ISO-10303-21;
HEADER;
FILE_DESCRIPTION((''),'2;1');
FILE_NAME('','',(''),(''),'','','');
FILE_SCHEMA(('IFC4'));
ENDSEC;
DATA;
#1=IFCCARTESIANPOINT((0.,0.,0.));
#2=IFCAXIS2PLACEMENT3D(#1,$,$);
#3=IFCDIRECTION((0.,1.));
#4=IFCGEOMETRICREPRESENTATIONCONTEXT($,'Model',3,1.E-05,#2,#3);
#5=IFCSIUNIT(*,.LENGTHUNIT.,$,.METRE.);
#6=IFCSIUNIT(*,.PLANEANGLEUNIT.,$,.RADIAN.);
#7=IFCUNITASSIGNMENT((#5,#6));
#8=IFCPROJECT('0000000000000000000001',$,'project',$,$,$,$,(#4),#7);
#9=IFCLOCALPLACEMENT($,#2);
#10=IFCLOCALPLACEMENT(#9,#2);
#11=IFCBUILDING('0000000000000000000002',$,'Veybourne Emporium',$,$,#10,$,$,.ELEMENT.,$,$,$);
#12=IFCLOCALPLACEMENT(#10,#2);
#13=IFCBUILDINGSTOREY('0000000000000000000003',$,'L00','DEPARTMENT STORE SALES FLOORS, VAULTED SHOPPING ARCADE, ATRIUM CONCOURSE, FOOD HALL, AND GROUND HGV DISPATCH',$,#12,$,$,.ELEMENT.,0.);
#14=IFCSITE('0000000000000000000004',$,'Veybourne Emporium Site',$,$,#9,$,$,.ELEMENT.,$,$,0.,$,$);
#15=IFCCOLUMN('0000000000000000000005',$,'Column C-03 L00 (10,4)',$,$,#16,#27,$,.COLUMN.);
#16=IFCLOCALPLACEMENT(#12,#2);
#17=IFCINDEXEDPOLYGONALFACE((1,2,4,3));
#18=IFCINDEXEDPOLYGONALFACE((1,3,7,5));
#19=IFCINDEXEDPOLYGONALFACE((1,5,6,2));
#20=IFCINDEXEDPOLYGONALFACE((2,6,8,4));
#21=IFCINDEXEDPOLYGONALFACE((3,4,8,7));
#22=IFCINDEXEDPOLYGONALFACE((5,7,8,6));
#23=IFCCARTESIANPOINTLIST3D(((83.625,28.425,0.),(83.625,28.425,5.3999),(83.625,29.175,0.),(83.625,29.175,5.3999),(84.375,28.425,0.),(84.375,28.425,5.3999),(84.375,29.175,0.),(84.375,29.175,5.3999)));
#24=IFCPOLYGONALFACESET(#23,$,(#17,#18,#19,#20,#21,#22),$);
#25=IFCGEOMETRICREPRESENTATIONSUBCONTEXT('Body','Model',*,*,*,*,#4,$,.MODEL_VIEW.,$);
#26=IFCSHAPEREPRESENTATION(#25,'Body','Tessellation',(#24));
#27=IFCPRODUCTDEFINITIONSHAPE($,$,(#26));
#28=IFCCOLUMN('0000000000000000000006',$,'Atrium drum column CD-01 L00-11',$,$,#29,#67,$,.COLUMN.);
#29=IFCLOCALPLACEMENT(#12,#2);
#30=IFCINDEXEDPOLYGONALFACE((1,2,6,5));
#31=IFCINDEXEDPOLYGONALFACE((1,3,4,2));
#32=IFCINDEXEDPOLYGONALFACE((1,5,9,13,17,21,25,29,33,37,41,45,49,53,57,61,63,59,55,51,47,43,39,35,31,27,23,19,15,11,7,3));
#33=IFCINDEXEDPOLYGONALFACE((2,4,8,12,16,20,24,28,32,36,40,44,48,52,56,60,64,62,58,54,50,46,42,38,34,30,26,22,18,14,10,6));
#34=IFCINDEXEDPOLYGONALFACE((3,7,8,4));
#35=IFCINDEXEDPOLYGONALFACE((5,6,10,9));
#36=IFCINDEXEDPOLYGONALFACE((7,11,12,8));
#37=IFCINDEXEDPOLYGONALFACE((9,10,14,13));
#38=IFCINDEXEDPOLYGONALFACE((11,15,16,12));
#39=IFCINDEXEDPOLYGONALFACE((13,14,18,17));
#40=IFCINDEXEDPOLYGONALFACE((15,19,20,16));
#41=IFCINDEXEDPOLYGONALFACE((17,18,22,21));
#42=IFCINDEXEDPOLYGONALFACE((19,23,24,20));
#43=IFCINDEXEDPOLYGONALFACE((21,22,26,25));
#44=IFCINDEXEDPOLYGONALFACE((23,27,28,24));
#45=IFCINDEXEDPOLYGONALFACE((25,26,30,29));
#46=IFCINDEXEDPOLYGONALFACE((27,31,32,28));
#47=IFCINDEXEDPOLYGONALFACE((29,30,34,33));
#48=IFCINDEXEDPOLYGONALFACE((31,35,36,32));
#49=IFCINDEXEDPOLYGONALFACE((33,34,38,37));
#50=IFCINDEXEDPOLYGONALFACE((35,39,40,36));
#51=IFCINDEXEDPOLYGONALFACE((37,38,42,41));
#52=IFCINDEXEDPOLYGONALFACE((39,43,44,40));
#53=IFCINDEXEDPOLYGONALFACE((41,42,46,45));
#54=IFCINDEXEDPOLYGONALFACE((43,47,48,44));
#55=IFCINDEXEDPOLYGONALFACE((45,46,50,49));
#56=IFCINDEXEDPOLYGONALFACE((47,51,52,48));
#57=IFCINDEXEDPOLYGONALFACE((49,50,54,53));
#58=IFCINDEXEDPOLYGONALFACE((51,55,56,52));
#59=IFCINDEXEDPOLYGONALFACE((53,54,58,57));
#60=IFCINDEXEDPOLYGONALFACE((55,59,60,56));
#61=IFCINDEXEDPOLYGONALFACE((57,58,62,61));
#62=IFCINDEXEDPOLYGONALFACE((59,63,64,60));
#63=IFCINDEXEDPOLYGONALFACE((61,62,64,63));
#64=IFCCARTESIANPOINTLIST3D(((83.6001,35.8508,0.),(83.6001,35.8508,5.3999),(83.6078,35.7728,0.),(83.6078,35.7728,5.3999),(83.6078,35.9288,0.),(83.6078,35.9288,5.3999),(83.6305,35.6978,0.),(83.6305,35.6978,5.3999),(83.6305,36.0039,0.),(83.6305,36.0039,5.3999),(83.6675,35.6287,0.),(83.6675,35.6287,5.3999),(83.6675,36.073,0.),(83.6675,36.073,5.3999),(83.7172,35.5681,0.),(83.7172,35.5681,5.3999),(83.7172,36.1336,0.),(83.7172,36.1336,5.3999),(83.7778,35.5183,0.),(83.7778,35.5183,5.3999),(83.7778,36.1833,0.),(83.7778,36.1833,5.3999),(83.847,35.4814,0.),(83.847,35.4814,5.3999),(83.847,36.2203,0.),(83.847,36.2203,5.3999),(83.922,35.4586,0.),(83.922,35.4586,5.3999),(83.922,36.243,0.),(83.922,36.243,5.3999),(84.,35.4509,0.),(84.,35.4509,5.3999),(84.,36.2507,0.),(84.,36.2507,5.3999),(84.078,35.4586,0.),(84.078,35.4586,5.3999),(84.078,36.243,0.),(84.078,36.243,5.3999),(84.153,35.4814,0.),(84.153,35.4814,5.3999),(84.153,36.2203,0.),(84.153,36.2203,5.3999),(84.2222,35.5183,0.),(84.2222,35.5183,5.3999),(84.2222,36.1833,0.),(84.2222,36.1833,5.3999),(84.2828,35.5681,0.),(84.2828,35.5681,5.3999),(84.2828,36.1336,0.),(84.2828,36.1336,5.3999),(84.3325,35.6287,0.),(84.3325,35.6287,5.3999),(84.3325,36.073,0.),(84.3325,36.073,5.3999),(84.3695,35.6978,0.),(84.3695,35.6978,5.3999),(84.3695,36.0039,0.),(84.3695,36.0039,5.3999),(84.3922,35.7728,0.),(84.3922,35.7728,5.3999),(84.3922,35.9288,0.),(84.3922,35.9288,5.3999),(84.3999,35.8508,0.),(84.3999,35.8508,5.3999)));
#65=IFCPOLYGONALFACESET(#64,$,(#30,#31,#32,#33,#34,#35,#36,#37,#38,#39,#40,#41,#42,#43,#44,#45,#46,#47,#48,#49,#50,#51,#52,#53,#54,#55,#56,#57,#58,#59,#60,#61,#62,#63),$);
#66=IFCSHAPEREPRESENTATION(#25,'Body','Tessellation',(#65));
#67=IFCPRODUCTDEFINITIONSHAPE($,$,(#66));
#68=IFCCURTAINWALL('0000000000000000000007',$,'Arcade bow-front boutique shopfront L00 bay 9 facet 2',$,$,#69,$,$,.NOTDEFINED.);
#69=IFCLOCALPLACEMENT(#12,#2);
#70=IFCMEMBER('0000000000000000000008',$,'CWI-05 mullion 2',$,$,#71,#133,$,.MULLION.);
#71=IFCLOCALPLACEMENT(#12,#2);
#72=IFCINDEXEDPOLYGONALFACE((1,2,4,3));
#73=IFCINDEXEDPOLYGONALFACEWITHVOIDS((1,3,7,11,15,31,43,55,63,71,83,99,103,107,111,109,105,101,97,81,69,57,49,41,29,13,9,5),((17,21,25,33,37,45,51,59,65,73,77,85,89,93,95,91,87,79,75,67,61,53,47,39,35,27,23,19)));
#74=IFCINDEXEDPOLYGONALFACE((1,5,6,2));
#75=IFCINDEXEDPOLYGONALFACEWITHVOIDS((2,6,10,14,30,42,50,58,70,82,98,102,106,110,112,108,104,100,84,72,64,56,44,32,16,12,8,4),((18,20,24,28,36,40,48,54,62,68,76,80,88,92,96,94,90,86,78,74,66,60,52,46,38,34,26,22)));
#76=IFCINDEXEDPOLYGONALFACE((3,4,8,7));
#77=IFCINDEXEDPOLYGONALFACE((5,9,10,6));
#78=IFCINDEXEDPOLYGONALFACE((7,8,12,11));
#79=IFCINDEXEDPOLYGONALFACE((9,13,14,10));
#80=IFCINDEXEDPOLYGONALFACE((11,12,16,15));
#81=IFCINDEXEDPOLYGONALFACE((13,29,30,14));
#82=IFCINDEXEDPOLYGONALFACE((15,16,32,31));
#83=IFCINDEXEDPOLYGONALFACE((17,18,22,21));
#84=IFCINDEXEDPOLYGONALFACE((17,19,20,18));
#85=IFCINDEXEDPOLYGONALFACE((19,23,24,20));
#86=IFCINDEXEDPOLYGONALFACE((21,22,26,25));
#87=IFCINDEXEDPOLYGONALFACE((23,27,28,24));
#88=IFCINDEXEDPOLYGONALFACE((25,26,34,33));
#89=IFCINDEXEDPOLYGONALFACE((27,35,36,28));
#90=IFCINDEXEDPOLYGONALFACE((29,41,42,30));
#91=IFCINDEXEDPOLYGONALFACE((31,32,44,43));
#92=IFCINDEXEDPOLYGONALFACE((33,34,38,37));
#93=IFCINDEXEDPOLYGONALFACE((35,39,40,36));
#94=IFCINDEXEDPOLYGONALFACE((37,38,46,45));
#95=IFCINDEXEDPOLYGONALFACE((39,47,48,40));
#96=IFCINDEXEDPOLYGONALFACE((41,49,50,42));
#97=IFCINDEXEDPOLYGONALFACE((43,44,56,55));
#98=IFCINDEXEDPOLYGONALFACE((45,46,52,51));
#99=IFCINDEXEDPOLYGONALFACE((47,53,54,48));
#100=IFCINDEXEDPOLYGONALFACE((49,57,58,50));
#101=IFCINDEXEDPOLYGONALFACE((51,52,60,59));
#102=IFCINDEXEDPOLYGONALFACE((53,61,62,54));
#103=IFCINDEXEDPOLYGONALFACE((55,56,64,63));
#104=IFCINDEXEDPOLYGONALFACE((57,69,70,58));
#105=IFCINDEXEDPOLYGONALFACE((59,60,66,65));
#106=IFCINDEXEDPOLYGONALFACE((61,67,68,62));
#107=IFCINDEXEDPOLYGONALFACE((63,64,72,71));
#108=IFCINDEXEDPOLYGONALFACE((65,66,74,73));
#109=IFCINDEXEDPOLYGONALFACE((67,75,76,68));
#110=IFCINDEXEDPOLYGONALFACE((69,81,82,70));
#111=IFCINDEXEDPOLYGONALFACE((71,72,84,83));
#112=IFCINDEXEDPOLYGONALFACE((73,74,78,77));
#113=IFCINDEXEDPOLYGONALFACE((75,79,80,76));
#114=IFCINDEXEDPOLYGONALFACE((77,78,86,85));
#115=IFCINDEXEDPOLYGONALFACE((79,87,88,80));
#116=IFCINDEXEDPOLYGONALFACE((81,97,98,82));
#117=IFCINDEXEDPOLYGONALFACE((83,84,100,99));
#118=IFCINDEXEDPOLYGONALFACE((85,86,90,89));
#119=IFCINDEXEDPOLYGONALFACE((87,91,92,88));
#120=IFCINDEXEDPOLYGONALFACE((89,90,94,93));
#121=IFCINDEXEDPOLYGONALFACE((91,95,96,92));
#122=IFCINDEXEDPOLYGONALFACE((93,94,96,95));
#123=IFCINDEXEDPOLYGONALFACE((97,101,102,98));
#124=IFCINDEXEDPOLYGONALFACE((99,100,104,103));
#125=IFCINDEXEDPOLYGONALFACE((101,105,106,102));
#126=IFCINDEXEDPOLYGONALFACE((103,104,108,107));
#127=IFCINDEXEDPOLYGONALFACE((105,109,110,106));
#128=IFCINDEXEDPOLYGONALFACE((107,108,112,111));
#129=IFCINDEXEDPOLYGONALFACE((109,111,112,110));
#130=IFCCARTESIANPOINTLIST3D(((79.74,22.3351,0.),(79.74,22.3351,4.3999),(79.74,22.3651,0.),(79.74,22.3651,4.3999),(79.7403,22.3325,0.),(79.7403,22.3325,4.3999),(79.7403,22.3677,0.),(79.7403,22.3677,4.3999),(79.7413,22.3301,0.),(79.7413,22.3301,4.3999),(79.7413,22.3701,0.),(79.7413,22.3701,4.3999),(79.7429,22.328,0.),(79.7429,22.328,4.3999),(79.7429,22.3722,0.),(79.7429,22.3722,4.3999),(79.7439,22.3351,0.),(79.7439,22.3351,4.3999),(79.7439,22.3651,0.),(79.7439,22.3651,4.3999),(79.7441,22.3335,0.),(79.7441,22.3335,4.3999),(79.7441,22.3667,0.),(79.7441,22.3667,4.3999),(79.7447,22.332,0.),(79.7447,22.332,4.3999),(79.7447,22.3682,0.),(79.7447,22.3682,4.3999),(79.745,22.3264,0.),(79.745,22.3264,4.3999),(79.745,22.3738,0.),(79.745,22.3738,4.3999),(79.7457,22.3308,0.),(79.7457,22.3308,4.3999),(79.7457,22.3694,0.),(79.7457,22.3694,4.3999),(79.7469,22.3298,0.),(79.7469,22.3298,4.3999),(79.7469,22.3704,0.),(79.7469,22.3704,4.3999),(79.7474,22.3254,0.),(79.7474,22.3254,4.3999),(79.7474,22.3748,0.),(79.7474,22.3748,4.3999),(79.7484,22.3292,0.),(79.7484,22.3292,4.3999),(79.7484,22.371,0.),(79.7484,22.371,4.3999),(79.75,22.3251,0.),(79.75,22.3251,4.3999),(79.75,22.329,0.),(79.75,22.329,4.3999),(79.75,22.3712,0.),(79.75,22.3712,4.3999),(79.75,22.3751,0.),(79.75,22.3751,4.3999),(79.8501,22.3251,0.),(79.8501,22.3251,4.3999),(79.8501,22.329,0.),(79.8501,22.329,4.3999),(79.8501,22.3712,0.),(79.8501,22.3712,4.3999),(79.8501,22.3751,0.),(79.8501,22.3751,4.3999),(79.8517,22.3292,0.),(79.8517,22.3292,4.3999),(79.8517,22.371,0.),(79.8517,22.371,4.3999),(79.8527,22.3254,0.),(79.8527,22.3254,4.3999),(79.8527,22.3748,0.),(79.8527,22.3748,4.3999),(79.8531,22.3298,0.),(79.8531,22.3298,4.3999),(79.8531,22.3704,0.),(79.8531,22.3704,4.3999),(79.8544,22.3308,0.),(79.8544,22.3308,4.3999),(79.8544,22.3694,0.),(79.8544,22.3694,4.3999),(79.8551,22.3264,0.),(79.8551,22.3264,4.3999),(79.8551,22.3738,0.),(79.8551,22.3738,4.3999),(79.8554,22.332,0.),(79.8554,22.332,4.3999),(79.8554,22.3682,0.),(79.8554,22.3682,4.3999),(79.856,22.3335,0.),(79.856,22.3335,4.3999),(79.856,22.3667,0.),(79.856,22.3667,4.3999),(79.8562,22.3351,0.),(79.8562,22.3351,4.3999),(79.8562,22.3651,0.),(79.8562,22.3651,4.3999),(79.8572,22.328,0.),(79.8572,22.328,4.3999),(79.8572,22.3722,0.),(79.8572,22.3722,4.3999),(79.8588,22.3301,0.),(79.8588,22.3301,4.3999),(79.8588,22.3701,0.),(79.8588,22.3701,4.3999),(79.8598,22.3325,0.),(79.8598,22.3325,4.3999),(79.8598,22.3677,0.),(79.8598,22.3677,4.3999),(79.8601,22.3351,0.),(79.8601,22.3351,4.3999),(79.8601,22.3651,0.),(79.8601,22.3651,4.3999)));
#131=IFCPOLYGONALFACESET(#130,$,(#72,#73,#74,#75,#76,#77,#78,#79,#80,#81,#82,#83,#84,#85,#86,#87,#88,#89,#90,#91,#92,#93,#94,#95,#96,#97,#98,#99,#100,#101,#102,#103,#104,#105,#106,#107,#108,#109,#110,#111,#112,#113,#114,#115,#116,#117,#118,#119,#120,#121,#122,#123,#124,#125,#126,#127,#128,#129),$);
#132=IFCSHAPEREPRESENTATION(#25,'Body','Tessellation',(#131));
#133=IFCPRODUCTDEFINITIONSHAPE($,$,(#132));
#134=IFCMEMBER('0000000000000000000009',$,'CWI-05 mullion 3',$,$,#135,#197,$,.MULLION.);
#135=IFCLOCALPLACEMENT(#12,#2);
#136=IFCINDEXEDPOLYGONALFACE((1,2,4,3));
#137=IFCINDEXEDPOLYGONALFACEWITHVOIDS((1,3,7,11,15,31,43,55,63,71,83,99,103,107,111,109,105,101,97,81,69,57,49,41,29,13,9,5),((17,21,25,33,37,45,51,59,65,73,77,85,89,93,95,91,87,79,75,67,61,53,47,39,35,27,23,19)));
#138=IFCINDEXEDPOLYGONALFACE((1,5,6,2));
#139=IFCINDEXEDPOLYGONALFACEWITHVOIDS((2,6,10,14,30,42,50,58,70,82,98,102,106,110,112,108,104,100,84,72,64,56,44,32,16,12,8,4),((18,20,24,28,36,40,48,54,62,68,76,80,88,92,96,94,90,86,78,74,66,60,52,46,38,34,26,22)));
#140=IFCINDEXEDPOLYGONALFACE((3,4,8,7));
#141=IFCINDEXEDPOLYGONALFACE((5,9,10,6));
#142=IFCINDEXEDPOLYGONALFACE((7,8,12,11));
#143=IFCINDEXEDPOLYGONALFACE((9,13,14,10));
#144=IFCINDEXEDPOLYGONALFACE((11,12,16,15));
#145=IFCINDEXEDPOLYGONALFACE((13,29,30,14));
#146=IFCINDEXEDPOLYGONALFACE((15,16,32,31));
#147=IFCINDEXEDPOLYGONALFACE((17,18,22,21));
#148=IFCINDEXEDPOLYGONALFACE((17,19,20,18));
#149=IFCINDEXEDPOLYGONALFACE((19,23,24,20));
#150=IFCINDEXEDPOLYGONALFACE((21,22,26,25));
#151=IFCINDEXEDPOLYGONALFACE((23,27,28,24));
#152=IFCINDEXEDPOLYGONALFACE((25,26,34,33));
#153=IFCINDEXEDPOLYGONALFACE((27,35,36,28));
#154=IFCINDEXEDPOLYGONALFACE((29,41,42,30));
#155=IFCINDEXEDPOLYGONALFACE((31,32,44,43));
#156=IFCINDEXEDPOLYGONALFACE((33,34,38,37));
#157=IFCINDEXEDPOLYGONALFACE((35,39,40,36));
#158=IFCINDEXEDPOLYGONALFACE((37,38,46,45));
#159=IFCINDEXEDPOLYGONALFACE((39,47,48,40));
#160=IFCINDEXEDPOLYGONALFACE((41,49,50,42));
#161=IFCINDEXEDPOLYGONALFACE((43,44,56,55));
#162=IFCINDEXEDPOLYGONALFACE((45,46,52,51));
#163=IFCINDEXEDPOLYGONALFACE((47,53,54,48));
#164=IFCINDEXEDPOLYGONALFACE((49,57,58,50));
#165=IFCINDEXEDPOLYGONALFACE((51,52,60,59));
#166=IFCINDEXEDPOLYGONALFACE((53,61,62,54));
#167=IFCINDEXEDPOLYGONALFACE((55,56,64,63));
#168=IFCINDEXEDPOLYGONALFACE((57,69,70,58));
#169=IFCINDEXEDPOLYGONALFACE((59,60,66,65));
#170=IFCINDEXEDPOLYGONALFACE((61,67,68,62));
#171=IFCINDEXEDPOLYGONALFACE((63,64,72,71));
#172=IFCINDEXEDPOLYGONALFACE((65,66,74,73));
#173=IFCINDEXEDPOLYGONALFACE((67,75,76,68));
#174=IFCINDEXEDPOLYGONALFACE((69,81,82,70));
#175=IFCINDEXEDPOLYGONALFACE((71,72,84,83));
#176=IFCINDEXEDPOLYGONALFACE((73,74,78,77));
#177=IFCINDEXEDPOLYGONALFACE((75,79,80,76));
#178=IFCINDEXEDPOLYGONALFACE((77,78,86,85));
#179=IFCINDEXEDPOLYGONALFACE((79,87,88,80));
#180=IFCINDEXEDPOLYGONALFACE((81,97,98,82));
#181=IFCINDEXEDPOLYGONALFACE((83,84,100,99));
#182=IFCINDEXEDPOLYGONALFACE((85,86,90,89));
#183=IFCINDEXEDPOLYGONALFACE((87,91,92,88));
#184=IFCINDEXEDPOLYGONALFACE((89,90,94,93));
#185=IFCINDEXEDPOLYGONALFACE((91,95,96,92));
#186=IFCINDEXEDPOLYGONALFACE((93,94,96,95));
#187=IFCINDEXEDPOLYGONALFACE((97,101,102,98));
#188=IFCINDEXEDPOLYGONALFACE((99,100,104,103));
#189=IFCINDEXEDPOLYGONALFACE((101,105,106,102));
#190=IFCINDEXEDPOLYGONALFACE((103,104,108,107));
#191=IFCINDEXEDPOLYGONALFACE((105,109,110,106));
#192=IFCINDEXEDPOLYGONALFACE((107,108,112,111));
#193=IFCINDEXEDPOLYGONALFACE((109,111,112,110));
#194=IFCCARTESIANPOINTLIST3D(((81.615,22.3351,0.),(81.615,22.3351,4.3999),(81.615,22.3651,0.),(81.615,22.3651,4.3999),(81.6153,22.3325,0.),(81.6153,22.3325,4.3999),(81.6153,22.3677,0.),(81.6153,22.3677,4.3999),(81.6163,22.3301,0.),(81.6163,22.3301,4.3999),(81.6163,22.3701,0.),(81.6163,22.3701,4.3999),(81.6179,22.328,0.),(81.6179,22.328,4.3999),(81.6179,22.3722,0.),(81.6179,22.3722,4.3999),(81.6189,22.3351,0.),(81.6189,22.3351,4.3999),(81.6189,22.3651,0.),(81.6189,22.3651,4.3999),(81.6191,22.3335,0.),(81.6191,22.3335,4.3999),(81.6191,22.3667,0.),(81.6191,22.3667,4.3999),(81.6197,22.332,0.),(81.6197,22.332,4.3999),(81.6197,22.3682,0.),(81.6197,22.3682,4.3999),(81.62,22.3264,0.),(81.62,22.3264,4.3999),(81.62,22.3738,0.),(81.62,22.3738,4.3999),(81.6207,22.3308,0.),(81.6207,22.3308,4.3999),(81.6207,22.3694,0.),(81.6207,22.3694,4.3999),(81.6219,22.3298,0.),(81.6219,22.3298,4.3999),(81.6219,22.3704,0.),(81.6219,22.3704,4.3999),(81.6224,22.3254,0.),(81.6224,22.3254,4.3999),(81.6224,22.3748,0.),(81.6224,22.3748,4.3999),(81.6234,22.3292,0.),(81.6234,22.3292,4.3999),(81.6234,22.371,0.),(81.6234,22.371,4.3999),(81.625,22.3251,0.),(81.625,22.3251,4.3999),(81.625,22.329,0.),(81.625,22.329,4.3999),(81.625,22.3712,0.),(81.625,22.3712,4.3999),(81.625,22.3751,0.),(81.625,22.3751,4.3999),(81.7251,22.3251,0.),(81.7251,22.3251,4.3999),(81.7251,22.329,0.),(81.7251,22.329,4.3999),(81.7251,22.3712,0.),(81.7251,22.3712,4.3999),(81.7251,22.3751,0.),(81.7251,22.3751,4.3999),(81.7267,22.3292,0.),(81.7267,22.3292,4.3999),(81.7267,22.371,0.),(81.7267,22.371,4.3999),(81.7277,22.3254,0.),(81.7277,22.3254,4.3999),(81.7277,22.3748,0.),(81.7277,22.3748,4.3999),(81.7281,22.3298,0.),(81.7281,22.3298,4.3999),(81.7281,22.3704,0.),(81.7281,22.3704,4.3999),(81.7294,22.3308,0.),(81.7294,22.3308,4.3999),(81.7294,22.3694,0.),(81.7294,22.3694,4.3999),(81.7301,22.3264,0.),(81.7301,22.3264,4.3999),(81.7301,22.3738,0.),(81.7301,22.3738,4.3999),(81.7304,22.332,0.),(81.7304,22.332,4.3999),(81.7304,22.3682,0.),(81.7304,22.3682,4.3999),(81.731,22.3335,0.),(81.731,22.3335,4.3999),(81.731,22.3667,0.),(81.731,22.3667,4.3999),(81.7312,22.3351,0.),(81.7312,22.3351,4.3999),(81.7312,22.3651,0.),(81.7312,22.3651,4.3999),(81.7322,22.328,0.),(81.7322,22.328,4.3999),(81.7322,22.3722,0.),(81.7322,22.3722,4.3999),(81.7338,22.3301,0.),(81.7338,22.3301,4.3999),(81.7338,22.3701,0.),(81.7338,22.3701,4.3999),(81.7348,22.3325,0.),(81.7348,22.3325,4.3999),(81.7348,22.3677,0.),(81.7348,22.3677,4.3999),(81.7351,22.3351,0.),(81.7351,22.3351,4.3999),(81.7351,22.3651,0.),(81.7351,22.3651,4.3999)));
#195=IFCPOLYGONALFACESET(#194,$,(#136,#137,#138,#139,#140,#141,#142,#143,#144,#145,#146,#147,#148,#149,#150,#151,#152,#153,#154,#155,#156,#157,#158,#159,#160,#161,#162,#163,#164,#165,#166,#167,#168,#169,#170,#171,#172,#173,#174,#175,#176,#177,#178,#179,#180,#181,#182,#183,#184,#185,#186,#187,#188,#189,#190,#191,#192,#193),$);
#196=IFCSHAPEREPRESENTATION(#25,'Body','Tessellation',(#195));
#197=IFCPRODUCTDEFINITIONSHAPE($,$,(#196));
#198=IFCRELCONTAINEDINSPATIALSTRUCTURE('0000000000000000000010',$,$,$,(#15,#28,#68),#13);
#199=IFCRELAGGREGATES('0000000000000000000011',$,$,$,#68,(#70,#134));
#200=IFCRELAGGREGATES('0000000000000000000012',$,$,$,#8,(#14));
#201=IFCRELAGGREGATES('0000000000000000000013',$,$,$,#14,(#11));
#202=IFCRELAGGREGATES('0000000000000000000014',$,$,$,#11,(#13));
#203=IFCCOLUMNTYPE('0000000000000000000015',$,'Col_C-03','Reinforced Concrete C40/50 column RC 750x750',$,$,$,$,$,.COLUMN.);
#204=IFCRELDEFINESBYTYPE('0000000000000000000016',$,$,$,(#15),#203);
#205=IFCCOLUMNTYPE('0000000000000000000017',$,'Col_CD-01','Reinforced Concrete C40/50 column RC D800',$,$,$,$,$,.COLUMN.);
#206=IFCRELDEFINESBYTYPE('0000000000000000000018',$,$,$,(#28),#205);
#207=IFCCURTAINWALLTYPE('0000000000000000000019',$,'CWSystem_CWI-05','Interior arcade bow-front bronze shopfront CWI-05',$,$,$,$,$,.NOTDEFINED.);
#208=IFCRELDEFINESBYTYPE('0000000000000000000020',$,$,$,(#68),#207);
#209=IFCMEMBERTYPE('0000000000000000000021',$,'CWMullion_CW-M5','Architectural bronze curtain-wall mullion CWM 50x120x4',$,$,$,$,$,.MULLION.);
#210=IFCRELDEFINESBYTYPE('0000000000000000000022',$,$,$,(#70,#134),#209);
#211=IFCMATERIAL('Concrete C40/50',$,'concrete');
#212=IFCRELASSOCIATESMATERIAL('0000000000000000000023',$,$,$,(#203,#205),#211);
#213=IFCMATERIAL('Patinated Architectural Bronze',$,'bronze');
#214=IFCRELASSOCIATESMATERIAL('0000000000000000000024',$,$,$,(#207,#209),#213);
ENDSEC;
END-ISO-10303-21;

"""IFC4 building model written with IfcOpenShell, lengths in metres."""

from ifc_helpers import new_model, si_unit, direction, frame, origin, origin_2d, place, context, subcontext, project, spatial, rectangle, hollow_rectangle, circle, extrude, material, material_profile, profile_set, type_object, element, aggregate, save


model = new_model("IFC4")

# Units and contexts
model_context = context("Model", 3, precision=1e-05, world=origin(), true_north=direction((0.0, 1.0)))
body_context = subcontext(model_context, "Body", "Model", "MODEL_VIEW")
ifc_project = project(units=[si_unit("LENGTHUNIT", "METRE"), si_unit("PLANEANGLEUNIT", "RADIAN")], contexts=[model_context])

# Site, building, storey
site_placement = place(None, origin())
site = spatial("IfcSite", under=ifc_project, at=site_placement, Name="Veybourne Emporium Site", CompositionType="ELEMENT", RefElevation=0.0)
building_placement = place(site_placement, origin())
building = spatial("IfcBuilding", under=site, at=building_placement, Name="Veybourne Emporium", CompositionType="ELEMENT")
storey_placement = place(building_placement, origin())
storey = spatial("IfcBuildingStorey", under=building, at=storey_placement, Name="L00", Description="DEPARTMENT STORE SALES FLOORS, VAULTED SHOPPING ARCADE, ATRIUM CONCOURSE, FOOD HALL, AND GROUND HGV DISPATCH", CompositionType="ELEMENT", Elevation=0.0)

# Columns
ifc_material_1 = material(Name="Concrete C40/50", Category="concrete")
ifc_material_profile_1 = material_profile(ifc_material_1, rectangle(XDim=0.75, YDim=0.75, at=origin_2d()), Name="RC 750x750")
ifc_profile_set_1 = profile_set([ifc_material_profile_1], Name="Concrete C40/50")
column_type_1 = type_object("IfcColumnType", Name="Col_C-03", Description="Reinforced Concrete C40/50 column RC 750x750", PredefinedType="COLUMN", material=ifc_profile_set_1)
column_1_placement = place(storey_placement, frame((84.0, 28.8, 0.0), z_axis=(0.0, 0.0, 1.0), x_axis=(1.0, 0.0, 0.0)))
element("IfcColumn", 1, at=column_1_placement, inside=storey, type_object=column_type_1, Name="Column C-03 L00 (10,4)", PredefinedType="COLUMN", context=body_context, shape_type="SweptSolid", body=[
    extrude(rectangle(XDim=0.75, YDim=0.75, at=origin_2d()), origin(), (0.0, 0.0, 1.0), 5.3999),
])
ifc_material_profile_2 = material_profile(ifc_material_1, circle(Radius=0.3999, at=origin_2d()), Name="RC D800")
ifc_profile_set_2 = profile_set([ifc_material_profile_2], Name="Concrete C40/50")
column_type_2 = type_object("IfcColumnType", Name="Col_CD-01", Description="Reinforced Concrete C40/50 column RC D800", PredefinedType="COLUMN", material=ifc_profile_set_2)
column_2_placement = place(storey_placement, frame((84.0, 35.8508, 0.0), z_axis=(0.0, 0.0, 1.0), x_axis=(1.0, 0.0, 0.0)))
element("IfcColumn", 2, at=column_2_placement, inside=storey, type_object=column_type_2, Name="Atrium drum column CD-01 L00-11", PredefinedType="COLUMN", context=body_context, shape_type="SweptSolid", body=[
    extrude(circle(Radius=0.3999, at=origin_2d()), origin(), (0.0, 0.0, 1.0), 5.3999),
])

# Curtain wall, members
ifc_material_2 = material(Name="Patinated Architectural Bronze", Category="bronze")
curtain_wall_type_1 = type_object("IfcCurtainWallType", Name="CWSystem_CWI-05", Description="Interior arcade bow-front bronze shopfront CWI-05", PredefinedType="NOTDEFINED", material=ifc_material_2)
curtain_wall_1_placement = place(storey_placement, origin())
curtain_wall_1 = element("IfcCurtainWall", 3, at=curtain_wall_1_placement, inside=storey, type_object=curtain_wall_type_1, Name="Arcade bow-front boutique shopfront L00 bay 9 facet 2", PredefinedType="NOTDEFINED")
ifc_material_profile_3 = material_profile(ifc_material_2, hollow_rectangle(XDim=0.05, YDim=0.1201, WallThickness=0.0039, InnerFilletRadius=0.0061, OuterFilletRadius=0.01, at=origin_2d()), Name="CWM 50x120x4")
ifc_profile_set_3 = profile_set([ifc_material_profile_3], Name="Patinated Architectural Bronze")
member_type_1 = type_object("IfcMemberType", Name="CWMullion_CW-M5", Description="Architectural bronze curtain-wall mullion CWM 50x120x4", PredefinedType="MULLION", material=ifc_profile_set_3)
member_1_placement = place(storey_placement, frame((79.8, 22.3501, 0.0), z_axis=(0.0, 0.0, 1.0), x_axis=(0.0, 1.0, 0.0)))
member_1 = element("IfcMember", 4, at=member_1_placement, type_object=member_type_1, Name="CWI-05 mullion 2", PredefinedType="MULLION", context=body_context, shape_type="SweptSolid", body=[
    extrude(hollow_rectangle(XDim=0.05, YDim=0.1201, WallThickness=0.0039, InnerFilletRadius=0.0061, OuterFilletRadius=0.01, at=origin_2d()), origin(), (0.0, 0.0, 1.0), 4.3999),
])
member_2_placement = place(storey_placement, frame((81.675, 22.3501, 0.0), z_axis=(0.0, 0.0, 1.0), x_axis=(0.0, 1.0, 0.0)))
member_2 = element("IfcMember", 5, at=member_2_placement, type_object=member_type_1, Name="CWI-05 mullion 3", PredefinedType="MULLION", context=body_context, shape_type="SweptSolid", body=[
    extrude(hollow_rectangle(XDim=0.05, YDim=0.1201, WallThickness=0.0039, InnerFilletRadius=0.0061, OuterFilletRadius=0.01, at=origin_2d()), origin(), (0.0, 0.0, 1.0), 4.3999),
])

aggregate(curtain_wall_1, [member_1, member_2])

save(model, "model.ifc")
